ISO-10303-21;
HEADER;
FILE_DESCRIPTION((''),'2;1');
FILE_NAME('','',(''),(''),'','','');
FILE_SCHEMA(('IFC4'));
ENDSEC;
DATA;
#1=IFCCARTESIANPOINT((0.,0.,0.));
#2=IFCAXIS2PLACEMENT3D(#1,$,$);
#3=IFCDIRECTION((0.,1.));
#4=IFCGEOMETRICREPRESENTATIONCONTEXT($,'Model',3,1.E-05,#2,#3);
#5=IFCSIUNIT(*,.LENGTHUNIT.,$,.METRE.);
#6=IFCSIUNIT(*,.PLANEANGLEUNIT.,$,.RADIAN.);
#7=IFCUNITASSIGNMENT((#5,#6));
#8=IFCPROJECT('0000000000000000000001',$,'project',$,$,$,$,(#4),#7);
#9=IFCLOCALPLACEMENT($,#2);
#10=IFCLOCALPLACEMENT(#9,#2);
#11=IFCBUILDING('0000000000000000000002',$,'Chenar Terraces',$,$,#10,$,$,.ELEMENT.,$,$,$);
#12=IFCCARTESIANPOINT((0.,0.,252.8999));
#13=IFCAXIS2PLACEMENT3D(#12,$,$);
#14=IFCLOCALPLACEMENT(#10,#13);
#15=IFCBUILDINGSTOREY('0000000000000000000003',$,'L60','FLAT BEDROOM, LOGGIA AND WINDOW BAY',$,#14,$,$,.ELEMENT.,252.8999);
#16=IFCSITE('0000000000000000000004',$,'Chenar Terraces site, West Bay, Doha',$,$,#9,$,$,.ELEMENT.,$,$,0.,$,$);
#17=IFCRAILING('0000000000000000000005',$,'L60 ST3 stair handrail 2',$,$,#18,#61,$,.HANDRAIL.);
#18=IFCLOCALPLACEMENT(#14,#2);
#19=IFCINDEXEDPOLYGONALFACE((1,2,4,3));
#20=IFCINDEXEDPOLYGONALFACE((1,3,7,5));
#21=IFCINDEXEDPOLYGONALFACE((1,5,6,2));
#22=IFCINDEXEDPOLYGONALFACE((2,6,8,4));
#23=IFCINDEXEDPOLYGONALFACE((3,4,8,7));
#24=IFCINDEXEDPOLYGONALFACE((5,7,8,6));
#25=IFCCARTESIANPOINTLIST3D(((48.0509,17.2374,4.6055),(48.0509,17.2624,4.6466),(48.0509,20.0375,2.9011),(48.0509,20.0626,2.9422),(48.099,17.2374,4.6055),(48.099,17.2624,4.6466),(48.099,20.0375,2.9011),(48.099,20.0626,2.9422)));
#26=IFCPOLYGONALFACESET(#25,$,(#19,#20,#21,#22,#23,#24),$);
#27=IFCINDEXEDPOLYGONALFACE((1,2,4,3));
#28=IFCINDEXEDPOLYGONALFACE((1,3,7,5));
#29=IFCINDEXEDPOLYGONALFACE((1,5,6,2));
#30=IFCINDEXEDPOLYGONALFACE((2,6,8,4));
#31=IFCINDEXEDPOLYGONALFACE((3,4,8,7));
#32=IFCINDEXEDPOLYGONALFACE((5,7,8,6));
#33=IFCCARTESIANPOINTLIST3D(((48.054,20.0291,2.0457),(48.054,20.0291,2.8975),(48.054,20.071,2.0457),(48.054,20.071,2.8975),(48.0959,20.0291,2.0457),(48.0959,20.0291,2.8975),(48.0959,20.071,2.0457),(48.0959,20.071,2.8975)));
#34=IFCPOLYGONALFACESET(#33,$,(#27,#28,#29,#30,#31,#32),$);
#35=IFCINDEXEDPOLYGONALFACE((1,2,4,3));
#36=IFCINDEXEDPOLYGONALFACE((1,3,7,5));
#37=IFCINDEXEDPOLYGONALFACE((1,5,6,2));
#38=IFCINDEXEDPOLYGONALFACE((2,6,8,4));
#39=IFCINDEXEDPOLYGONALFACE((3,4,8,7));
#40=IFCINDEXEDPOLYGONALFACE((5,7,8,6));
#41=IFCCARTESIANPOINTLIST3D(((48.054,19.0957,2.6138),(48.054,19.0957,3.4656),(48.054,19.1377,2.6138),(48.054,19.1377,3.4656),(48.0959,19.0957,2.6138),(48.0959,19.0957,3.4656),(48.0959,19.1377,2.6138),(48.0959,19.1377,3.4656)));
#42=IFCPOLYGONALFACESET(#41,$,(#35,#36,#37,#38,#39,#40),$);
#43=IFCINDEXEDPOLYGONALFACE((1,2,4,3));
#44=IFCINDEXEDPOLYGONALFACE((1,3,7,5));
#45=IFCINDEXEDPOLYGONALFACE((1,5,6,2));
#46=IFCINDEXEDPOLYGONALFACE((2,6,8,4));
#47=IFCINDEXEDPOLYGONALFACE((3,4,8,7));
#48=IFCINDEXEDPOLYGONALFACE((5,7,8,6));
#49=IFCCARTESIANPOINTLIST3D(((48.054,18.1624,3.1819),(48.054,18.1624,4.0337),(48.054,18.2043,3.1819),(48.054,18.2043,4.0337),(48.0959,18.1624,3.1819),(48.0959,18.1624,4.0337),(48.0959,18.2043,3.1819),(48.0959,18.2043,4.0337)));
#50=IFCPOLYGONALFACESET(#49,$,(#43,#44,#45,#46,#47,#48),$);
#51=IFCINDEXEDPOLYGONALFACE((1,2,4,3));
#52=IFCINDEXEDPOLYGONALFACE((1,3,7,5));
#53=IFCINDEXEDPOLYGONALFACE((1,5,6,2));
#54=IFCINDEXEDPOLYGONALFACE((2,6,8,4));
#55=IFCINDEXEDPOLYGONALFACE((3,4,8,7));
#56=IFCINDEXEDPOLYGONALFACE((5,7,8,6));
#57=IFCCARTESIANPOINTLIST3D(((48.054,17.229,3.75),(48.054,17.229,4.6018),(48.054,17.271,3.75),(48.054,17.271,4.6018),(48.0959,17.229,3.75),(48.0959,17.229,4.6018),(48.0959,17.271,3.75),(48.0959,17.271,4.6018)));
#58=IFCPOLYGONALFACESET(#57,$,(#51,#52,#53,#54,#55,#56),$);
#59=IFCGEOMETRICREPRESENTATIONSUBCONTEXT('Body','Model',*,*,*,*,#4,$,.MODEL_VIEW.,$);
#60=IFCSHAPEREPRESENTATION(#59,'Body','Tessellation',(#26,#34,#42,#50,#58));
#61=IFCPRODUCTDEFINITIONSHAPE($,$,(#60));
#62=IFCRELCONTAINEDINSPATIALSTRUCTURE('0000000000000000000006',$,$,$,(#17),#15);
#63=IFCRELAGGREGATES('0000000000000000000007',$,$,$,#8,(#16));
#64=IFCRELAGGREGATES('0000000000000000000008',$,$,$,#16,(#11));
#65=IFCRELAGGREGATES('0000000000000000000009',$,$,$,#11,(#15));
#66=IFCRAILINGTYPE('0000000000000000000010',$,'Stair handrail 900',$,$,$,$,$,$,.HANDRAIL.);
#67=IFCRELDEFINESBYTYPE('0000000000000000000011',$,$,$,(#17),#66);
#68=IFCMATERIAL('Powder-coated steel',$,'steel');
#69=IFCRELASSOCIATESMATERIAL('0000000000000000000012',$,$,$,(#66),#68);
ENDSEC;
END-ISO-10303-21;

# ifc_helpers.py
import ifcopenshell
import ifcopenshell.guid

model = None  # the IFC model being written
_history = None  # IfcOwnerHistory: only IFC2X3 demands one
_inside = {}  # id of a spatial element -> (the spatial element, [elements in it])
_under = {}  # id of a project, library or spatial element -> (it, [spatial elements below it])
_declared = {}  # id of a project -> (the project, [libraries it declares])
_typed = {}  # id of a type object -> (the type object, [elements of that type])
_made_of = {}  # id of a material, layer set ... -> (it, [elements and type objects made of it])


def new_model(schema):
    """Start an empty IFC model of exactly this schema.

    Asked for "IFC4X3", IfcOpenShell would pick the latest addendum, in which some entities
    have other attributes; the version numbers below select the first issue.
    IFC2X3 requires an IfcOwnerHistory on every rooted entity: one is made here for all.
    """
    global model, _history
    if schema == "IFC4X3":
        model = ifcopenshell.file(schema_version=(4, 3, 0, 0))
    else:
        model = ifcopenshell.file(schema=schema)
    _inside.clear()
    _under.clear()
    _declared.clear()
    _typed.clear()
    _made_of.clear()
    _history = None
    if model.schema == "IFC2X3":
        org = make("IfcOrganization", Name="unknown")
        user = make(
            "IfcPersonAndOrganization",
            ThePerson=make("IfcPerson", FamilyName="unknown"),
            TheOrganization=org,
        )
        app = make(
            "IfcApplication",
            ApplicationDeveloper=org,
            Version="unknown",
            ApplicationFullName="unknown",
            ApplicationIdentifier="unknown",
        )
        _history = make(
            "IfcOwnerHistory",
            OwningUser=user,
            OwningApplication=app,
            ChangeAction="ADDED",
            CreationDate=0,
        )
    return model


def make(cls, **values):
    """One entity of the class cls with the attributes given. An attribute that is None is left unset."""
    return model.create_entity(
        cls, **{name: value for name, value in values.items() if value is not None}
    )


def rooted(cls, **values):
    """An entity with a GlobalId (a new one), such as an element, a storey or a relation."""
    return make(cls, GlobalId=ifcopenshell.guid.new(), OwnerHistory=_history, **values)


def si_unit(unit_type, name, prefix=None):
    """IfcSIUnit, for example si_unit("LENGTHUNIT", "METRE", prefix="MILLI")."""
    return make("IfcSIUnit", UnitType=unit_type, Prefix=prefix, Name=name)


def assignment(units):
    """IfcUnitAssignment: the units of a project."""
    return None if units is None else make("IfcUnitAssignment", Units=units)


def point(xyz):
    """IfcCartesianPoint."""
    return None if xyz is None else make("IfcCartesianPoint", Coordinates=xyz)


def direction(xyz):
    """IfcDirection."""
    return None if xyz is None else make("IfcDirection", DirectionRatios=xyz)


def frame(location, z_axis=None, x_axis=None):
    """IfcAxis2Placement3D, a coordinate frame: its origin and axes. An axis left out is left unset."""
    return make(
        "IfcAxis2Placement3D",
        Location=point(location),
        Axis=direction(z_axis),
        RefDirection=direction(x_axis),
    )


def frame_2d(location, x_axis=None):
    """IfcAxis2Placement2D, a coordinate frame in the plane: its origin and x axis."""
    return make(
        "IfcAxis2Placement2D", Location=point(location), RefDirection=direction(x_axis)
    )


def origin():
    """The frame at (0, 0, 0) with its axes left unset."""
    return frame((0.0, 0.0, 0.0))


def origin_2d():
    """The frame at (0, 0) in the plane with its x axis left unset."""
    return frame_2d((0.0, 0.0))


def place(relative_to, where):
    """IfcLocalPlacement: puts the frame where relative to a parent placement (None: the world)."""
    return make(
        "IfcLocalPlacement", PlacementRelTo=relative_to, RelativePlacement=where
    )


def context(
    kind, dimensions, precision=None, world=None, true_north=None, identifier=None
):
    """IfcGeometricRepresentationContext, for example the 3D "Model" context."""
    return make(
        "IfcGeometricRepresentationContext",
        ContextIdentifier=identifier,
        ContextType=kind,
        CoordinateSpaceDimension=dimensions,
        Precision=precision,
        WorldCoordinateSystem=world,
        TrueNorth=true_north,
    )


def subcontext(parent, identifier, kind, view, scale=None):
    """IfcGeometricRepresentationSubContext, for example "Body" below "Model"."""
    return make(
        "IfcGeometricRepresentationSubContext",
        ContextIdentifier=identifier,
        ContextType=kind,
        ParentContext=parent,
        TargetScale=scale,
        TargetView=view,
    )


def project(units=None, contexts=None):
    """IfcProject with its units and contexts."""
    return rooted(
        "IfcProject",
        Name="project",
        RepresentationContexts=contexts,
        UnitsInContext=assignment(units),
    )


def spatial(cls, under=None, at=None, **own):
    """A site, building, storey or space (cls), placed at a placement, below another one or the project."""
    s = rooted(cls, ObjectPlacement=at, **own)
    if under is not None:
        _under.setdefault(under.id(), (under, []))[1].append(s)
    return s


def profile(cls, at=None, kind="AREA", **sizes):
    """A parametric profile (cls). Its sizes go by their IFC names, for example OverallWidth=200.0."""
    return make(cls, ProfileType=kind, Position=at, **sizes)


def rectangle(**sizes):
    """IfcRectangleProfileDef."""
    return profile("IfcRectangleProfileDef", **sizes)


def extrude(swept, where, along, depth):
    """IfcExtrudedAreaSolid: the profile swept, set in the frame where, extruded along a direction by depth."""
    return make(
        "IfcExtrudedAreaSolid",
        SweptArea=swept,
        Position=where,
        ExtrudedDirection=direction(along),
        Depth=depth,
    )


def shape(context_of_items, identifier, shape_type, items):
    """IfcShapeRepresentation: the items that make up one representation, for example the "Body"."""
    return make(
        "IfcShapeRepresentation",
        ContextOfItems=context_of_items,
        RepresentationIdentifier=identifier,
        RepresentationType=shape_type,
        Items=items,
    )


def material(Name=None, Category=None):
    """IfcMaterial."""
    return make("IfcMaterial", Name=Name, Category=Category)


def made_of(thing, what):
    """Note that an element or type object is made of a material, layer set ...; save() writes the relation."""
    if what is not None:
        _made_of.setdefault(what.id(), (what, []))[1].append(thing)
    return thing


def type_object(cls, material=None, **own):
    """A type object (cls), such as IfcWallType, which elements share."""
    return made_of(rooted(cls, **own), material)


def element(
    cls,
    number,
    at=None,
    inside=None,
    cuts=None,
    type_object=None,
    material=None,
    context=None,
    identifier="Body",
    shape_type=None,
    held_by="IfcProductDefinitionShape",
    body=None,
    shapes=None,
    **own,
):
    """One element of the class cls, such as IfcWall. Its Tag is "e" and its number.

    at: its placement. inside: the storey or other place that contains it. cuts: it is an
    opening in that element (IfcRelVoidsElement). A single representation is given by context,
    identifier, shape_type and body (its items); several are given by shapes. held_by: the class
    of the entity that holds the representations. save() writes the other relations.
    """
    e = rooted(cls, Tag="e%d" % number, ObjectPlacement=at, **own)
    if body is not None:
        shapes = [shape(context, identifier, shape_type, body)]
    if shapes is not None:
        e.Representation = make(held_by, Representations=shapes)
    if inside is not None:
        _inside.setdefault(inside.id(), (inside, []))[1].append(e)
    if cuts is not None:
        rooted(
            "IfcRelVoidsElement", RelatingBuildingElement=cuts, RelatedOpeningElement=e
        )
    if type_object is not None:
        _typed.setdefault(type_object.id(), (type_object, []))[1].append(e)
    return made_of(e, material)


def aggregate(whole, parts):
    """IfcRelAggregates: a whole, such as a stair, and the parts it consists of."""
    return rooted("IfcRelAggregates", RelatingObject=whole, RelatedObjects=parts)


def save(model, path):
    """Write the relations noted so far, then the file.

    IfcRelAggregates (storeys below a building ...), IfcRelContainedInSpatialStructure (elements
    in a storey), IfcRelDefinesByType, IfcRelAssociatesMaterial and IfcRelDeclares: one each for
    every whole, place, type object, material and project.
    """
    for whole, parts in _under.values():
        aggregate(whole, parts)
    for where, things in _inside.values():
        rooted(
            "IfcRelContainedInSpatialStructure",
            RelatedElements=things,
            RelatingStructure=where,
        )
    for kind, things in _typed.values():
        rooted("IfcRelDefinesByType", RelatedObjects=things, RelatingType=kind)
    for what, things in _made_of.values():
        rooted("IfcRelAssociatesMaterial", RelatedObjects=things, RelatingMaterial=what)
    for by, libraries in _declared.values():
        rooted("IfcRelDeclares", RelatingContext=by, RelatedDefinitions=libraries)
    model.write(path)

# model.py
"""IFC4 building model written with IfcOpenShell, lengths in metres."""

from ifc_helpers import new_model, si_unit, direction, frame, origin, origin_2d, place, context, subcontext, project, spatial, rectangle, extrude, material, type_object, element, save


model = new_model("IFC4")

# Units and contexts
model_context = context("Model", 3, precision=1e-05, world=origin(), true_north=direction((0.0, 1.0)))
body_context = subcontext(model_context, "Body", "Model", "MODEL_VIEW")
ifc_project = project(units=[si_unit("LENGTHUNIT", "METRE"), si_unit("PLANEANGLEUNIT", "RADIAN")], contexts=[model_context])

# Site, building, storey
site_placement = place(None, origin())
site = spatial("IfcSite", under=ifc_project, at=site_placement, Name="Chenar Terraces site, West Bay, Doha", CompositionType="ELEMENT", RefElevation=0.0)
building_placement = place(site_placement, origin())
building = spatial("IfcBuilding", under=site, at=building_placement, Name="Chenar Terraces", CompositionType="ELEMENT")
storey_placement = place(building_placement, frame((0.0, 0.0, 252.8999)))
storey = spatial("IfcBuildingStorey", under=building, at=storey_placement, Name="L60", Description="FLAT BEDROOM, LOGGIA AND WINDOW BAY", CompositionType="ELEMENT", Elevation=252.8999)

# Railing
ifc_material_1 = material(Name="Powder-coated steel", Category="steel")
railing_type_1 = type_object("IfcRailingType", Name="Stair handrail 900", PredefinedType="HANDRAIL", material=ifc_material_1)
railing_1_placement = place(storey_placement, frame((48.075, 20.05, 2.0457)))
element("IfcRailing", 1, at=railing_1_placement, inside=storey, type_object=railing_type_1, Name="L60 ST3 stair handrail 2", PredefinedType="HANDRAIL", context=body_context, shape_type="SweptSolid", body=[
    extrude(rectangle(XDim=0.0481, YDim=0.0481, at=origin_2d()), frame((0.0, 0.0, 0.876), z_axis=(0.0, -0.854203, 0.51994), x_axis=(1.0, 0.0, 0.0)), (0.0, 0.0, 1.0), 3.2781),
    extrude(rectangle(XDim=0.042, YDim=0.042, at=origin_2d()), origin(), (0.0, 0.0, 1.0), 0.8518),
    extrude(rectangle(XDim=0.042, YDim=0.042, at=origin_2d()), frame((0.0, -0.9333, 0.5681)), (0.0, 0.0, 1.0), 0.8518),
    extrude(rectangle(XDim=0.042, YDim=0.042, at=origin_2d()), frame((0.0, -1.8667, 1.1362)), (0.0, 0.0, 1.0), 0.8518),
    extrude(rectangle(XDim=0.042, YDim=0.042, at=origin_2d()), frame((0.0, -2.8, 1.7043)), (0.0, 0.0, 1.0), 0.8518),
])

save(model, "model.ifc")
